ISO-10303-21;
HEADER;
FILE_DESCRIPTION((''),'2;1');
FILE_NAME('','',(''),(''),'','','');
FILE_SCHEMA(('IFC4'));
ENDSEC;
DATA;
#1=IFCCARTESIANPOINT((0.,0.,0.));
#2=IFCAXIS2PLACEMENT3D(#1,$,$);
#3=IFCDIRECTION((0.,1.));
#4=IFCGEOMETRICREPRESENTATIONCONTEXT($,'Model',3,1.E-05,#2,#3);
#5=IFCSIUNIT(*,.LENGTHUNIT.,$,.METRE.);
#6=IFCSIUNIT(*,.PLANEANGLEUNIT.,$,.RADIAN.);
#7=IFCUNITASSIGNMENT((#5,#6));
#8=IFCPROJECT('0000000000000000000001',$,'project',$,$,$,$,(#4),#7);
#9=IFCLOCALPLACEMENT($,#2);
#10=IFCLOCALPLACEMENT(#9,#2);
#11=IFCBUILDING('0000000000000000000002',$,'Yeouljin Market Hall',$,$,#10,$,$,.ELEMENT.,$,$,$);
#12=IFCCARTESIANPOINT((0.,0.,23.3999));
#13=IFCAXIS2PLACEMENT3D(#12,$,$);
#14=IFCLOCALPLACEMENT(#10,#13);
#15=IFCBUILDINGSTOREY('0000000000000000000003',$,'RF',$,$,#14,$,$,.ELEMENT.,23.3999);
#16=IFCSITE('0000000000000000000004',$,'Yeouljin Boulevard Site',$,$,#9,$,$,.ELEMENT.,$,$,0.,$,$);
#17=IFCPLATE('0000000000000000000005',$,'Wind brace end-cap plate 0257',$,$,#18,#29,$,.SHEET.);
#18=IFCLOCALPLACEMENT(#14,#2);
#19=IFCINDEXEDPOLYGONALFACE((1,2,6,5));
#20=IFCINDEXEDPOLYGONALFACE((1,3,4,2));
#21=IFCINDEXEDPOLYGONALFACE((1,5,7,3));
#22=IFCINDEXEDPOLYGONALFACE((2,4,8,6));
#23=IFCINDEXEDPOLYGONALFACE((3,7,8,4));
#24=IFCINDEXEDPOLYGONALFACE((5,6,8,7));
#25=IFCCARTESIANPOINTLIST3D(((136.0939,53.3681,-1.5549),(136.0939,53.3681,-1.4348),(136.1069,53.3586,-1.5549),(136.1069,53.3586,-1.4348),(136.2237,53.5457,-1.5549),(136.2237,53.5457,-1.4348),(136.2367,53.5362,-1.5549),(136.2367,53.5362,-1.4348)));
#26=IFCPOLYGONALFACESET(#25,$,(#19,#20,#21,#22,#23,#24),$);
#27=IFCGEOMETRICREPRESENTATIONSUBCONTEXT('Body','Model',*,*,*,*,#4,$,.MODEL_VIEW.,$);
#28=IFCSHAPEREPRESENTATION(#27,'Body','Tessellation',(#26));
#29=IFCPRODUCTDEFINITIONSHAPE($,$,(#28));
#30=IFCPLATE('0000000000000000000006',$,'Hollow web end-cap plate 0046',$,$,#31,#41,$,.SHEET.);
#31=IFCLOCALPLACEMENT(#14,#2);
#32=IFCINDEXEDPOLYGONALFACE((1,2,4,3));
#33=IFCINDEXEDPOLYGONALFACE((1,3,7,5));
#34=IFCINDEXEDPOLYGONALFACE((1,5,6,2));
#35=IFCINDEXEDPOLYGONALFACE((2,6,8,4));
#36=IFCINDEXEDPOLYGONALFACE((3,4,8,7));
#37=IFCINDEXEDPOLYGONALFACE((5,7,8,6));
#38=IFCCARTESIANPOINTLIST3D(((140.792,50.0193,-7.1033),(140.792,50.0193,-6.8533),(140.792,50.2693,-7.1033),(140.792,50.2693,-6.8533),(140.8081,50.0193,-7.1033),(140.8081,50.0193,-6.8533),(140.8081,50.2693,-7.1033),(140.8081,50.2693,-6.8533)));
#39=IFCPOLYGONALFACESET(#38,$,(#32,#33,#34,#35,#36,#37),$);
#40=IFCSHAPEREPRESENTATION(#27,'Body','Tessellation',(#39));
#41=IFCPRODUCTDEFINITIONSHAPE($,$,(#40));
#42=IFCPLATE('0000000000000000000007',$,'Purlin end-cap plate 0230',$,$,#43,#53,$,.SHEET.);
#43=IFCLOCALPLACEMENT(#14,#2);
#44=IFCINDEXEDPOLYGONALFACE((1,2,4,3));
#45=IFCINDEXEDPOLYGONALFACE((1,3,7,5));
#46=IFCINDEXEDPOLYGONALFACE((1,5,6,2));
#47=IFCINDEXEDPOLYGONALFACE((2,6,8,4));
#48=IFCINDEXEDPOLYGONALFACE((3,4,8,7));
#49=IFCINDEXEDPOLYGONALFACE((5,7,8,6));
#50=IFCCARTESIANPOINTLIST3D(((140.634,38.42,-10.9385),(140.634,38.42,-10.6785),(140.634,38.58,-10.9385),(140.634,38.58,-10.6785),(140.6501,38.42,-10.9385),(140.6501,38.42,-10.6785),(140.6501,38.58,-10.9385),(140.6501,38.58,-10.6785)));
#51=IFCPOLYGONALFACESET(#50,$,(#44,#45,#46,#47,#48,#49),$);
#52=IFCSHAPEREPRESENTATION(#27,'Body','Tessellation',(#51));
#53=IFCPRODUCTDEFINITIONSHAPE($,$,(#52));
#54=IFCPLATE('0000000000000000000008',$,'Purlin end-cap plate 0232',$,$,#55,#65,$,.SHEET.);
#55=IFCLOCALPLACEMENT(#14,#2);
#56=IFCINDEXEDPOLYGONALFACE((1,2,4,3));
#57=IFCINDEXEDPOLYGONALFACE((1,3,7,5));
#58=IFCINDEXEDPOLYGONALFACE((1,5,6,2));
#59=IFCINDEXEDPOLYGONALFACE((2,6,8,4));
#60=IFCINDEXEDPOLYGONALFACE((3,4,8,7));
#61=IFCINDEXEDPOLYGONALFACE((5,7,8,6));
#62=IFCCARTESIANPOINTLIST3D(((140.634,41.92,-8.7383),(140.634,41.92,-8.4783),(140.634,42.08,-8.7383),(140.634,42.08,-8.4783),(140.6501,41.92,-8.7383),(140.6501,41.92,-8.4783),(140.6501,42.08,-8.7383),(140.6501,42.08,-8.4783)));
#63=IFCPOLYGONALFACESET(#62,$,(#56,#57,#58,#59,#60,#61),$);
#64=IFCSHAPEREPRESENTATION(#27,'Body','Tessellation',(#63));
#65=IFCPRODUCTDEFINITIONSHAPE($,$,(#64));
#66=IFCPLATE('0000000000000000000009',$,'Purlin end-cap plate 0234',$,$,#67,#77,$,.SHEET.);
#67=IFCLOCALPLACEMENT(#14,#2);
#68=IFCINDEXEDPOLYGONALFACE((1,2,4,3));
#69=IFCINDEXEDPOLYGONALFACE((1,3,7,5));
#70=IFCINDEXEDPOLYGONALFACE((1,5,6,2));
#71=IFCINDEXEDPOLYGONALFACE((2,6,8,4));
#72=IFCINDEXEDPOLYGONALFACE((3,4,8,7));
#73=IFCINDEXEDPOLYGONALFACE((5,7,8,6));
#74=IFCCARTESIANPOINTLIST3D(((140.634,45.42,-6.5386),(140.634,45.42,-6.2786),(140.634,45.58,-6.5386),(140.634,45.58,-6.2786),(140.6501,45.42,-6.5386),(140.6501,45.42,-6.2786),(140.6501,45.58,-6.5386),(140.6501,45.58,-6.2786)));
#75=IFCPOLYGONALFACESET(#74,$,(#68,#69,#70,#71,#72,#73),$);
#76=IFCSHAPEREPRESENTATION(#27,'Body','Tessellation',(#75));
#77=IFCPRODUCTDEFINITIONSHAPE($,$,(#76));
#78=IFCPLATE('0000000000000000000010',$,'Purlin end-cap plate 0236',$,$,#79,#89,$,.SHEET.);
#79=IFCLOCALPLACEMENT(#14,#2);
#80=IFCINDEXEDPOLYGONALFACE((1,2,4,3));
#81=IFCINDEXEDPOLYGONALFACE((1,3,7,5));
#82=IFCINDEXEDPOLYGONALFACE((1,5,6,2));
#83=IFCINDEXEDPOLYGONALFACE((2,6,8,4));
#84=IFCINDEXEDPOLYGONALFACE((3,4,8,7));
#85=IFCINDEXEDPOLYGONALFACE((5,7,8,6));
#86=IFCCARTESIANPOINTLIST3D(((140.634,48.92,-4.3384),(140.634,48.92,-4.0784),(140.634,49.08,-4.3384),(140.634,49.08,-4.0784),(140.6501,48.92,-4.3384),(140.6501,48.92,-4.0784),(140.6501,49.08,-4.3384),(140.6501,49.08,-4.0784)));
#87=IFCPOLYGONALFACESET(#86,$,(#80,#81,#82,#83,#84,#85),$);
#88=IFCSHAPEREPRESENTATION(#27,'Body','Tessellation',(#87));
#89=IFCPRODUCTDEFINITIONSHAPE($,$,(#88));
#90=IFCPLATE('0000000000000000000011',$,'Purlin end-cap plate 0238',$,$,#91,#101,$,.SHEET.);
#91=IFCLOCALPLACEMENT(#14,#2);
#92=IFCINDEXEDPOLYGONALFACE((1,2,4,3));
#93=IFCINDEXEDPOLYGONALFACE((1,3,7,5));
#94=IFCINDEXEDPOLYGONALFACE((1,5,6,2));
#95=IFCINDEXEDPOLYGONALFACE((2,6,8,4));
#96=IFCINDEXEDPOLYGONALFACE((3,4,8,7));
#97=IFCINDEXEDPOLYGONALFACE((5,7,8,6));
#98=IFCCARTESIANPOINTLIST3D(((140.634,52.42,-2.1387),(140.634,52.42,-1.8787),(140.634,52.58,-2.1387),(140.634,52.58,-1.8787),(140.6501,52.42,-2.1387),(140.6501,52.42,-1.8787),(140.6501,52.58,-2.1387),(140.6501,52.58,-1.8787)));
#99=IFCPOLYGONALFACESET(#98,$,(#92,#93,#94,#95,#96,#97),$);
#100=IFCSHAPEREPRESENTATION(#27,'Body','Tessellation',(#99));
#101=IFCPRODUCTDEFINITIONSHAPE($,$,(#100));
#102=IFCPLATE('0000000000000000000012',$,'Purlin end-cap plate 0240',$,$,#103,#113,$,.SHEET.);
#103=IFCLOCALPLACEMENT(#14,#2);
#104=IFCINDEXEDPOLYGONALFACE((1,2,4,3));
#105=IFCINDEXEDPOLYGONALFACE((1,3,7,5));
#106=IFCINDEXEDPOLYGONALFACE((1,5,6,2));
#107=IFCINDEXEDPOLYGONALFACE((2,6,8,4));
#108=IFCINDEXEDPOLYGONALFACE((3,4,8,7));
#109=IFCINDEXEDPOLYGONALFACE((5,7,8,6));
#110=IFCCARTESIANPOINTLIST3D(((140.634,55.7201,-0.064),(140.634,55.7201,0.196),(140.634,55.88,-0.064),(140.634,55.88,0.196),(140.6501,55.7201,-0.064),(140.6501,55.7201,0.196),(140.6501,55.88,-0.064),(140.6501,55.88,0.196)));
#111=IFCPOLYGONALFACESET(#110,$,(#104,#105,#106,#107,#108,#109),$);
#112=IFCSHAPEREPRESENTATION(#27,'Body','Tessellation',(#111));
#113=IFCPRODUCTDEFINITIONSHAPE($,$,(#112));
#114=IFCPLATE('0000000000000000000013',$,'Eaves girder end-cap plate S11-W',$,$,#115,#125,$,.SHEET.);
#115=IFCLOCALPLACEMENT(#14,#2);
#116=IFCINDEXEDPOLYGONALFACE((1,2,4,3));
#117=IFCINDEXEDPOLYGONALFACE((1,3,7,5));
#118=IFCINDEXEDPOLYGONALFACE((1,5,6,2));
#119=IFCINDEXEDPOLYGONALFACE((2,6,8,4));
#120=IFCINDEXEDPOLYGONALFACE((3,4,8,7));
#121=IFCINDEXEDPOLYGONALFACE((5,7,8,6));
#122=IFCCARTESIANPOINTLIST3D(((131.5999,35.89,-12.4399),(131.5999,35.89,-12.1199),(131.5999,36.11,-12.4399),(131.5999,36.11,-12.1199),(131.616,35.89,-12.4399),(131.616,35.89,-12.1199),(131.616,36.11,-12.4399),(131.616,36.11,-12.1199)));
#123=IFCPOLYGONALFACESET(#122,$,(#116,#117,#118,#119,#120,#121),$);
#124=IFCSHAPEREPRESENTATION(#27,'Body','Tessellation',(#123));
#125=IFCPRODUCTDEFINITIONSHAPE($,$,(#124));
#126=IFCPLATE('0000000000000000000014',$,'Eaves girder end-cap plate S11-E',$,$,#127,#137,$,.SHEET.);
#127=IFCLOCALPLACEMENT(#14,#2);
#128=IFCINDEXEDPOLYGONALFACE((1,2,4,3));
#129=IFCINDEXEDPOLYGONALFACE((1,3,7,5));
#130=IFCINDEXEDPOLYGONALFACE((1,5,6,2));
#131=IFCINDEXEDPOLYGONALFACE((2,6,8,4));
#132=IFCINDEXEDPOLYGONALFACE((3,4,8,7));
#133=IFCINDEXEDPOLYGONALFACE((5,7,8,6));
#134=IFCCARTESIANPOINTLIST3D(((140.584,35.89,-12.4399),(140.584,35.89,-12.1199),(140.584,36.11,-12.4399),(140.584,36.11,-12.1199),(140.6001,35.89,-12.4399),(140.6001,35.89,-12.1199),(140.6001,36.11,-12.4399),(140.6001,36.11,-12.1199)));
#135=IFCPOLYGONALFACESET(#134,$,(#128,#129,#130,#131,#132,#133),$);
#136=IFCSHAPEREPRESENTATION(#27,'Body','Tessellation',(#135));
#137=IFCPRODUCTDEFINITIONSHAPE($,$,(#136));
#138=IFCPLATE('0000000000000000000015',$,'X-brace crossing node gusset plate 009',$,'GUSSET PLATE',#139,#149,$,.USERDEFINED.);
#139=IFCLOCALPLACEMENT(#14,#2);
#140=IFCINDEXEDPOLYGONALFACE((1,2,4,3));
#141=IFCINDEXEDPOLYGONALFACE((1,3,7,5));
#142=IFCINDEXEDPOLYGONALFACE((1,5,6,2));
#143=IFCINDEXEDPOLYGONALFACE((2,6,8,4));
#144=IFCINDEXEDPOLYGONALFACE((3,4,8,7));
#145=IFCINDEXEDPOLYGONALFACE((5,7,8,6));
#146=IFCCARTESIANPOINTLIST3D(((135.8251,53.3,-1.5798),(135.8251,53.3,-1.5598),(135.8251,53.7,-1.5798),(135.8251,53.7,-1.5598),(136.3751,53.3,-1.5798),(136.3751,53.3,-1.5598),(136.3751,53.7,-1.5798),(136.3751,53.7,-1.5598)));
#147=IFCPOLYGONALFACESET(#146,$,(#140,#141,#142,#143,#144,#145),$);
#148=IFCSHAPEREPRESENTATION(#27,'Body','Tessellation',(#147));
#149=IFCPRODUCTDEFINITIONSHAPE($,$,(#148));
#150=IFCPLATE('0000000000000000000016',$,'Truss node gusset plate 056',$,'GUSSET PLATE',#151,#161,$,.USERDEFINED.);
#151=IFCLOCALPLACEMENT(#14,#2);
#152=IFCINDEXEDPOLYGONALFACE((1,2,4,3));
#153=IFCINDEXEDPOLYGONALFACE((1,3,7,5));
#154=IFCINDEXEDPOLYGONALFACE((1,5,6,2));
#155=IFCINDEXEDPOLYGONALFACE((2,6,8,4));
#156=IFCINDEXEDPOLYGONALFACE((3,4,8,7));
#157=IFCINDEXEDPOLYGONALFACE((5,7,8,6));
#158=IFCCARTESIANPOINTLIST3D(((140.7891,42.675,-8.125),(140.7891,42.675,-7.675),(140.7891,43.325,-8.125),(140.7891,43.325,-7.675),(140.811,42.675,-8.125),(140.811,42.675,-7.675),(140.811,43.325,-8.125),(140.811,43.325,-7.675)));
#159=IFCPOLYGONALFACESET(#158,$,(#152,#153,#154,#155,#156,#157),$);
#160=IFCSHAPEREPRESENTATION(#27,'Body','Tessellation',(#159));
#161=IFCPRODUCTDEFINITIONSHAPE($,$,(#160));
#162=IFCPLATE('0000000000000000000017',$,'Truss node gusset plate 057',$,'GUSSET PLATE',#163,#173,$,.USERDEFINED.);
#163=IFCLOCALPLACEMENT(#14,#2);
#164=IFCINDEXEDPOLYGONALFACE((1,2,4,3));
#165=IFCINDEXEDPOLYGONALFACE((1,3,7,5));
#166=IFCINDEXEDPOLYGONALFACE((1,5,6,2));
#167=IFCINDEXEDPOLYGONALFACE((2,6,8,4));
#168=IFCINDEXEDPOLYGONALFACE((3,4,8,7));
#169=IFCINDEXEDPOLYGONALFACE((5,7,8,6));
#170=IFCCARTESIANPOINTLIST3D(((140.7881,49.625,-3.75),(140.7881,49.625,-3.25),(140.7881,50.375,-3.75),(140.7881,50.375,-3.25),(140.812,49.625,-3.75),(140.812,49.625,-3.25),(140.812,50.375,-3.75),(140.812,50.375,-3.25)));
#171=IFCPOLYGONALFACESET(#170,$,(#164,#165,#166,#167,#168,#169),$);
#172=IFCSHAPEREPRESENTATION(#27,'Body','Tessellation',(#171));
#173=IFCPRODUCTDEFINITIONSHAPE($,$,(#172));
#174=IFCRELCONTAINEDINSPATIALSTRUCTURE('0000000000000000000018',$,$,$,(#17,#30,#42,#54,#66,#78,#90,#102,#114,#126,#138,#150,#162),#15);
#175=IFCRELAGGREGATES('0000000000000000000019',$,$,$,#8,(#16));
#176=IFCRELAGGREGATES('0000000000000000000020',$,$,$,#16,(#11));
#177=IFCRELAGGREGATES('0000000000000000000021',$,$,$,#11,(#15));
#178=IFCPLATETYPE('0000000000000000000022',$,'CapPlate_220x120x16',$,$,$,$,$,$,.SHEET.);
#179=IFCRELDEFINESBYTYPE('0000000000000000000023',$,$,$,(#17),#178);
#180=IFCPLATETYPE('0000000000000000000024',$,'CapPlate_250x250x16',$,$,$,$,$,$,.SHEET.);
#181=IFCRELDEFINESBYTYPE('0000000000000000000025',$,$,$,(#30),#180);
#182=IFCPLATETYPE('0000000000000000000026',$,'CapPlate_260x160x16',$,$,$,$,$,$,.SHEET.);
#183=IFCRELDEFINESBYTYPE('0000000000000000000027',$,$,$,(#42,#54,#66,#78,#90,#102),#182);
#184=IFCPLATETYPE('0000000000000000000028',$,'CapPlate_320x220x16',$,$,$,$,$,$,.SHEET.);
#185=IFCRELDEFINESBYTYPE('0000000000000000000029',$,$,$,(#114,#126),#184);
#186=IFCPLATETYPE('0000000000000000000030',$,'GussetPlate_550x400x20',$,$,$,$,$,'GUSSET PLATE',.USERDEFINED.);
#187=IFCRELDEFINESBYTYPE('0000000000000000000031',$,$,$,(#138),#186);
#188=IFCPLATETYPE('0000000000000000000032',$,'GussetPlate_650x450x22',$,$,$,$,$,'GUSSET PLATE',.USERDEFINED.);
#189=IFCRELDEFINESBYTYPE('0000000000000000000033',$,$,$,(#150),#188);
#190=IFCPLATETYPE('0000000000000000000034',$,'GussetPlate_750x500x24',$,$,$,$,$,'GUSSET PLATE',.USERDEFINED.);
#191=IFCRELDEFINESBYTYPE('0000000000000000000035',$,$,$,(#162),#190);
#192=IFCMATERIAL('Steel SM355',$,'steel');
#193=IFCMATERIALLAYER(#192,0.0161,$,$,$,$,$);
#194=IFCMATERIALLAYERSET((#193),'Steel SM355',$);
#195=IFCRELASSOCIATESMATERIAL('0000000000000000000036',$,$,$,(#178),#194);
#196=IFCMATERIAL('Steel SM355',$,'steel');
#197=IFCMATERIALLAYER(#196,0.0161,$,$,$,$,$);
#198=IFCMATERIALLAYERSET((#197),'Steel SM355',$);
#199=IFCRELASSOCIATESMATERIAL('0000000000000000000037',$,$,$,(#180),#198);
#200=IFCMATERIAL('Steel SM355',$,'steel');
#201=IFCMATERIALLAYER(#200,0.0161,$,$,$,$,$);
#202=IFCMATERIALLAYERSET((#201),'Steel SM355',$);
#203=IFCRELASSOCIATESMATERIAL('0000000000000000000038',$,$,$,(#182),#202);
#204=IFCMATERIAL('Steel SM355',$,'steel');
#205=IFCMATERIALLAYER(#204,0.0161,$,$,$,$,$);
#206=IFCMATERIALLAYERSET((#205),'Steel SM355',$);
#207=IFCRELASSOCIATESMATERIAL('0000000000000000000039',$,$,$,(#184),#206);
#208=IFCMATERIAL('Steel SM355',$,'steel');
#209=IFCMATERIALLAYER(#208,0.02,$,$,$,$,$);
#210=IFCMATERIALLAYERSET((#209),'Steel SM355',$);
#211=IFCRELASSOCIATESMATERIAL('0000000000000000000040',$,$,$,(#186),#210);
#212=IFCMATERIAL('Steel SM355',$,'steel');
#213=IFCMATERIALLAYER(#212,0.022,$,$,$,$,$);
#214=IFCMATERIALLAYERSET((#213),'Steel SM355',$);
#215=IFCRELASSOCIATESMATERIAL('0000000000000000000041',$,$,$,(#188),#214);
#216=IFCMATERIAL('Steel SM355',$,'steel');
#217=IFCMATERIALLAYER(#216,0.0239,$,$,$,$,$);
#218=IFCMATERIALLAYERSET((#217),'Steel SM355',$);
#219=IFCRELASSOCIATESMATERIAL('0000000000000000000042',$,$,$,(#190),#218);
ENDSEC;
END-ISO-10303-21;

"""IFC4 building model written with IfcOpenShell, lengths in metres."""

from ifc_helpers import new_model, si_unit, direction, frame, origin, origin_2d, place, context, subcontext, project, spatial, rectangle, extrude, material, layer, layer_set, type_object, element, save


model = new_model("IFC4")

# Units and contexts
model_context = context("Model", 3, precision=1e-05, world=origin(), true_north=direction((0.0, 1.0)))
body_context = subcontext(model_context, "Body", "Model", "MODEL_VIEW")
ifc_project = project(units=[si_unit("LENGTHUNIT", "METRE"), si_unit("PLANEANGLEUNIT", "RADIAN")], contexts=[model_context])

# Site, building, storey
site_placement = place(None, origin())
site = spatial("IfcSite", under=ifc_project, at=site_placement, Name="Yeouljin Boulevard Site", CompositionType="ELEMENT", RefElevation=0.0)
building_placement = place(site_placement, origin())
building = spatial("IfcBuilding", under=site, at=building_placement, Name="Yeouljin Market Hall", CompositionType="ELEMENT")
storey_placement = place(building_placement, frame((0.0, 0.0, 23.3999)))
storey = spatial("IfcBuildingStorey", under=building, at=storey_placement, Name="RF", CompositionType="ELEMENT", Elevation=23.3999)

# Plates
ifc_material_1 = material(Name="Steel SM355", Category="steel")
ifc_layer_1 = layer(ifc_material_1, 0.0161)
ifc_layer_set_1 = layer_set([ifc_layer_1], Name="Steel SM355")
plate_type_1 = type_object("IfcPlateType", Name="CapPlate_220x120x16", PredefinedType="SHEET", material=ifc_layer_set_1)
for number, where, z_axis, x_axis, name in (
    (1, (136.1653, 53.4521, -1.5549), (0.0, 0.0, 1.0), (0.590183, 0.807269, 0.0), "Wind brace end-cap plate 0257"),
):
    element("IfcPlate", number, at=place(storey_placement, frame(where, z_axis=z_axis, x_axis=x_axis)), inside=storey, type_object=plate_type_1, Name=name, PredefinedType="SHEET", context=body_context, shape_type="SweptSolid", body=[
        extrude(rectangle(XDim=0.22, YDim=0.0161, at=origin_2d()), origin(), (0.0, 0.0, 1.0), 0.1201),
    ])
ifc_material_2 = material(Name="Steel SM355", Category="steel")
ifc_layer_2 = layer(ifc_material_2, 0.0161)
ifc_layer_set_2 = layer_set([ifc_layer_2], Name="Steel SM355")
plate_type_2 = type_object("IfcPlateType", Name="CapPlate_250x250x16", PredefinedType="SHEET", material=ifc_layer_set_2)
plate_1_placement = place(storey_placement, frame((140.8, 50.1443, -7.1033), z_axis=(0.0, 0.0, 1.0), x_axis=(0.0, 1.0, 0.0)))
element("IfcPlate", 2, at=plate_1_placement, inside=storey, type_object=plate_type_2, Name="Hollow web end-cap plate 0046", PredefinedType="SHEET", context=body_context, shape_type="SweptSolid", body=[
    extrude(rectangle(XDim=0.25, YDim=0.0161, at=origin_2d()), origin(), (0.0, 0.0, 1.0), 0.25),
])
ifc_material_3 = material(Name="Steel SM355", Category="steel")
ifc_layer_3 = layer(ifc_material_3, 0.0161)
ifc_layer_set_3 = layer_set([ifc_layer_3], Name="Steel SM355")
plate_type_3 = type_object("IfcPlateType", Name="CapPlate_260x160x16", PredefinedType="SHEET", material=ifc_layer_set_3)
for number, where, z_axis, x_axis, name in (
    (3, (140.6421, 38.5, -10.9385), (0.0, 0.0, 1.0), (0.0, 1.0, 0.0), "Purlin end-cap plate 0230"),
    (4, (140.6421, 42.0, -8.7383), (0.0, 0.0, 1.0), (0.0, 1.0, 0.0), "Purlin end-cap plate 0232"),
    (5, (140.6421, 45.5, -6.5386), (0.0, 0.0, 1.0), (0.0, 1.0, 0.0), "Purlin end-cap plate 0234"),
    (6, (140.6421, 49.0, -4.3384), (0.0, 0.0, 1.0), (0.0, 1.0, 0.0), "Purlin end-cap plate 0236"),
    (7, (140.6421, 52.5, -2.1387), (0.0, 0.0, 1.0), (0.0, 1.0, 0.0), "Purlin end-cap plate 0238"),
    (8, (140.6421, 55.8, -0.064), (0.0, 0.0, 1.0), (0.0, 1.0, 0.0), "Purlin end-cap plate 0240"),
):
    element("IfcPlate", number, at=place(storey_placement, frame(where, z_axis=z_axis, x_axis=x_axis)), inside=storey, type_object=plate_type_3, Name=name, PredefinedType="SHEET", context=body_context, shape_type="SweptSolid", body=[
        extrude(rectangle(XDim=0.1599, YDim=0.0161, at=origin_2d()), origin(), (0.0, 0.0, 1.0), 0.26),
    ])
ifc_material_4 = material(Name="Steel SM355", Category="steel")
ifc_layer_4 = layer(ifc_material_4, 0.0161)
ifc_layer_set_4 = layer_set([ifc_layer_4], Name="Steel SM355")
plate_type_4 = type_object("IfcPlateType", Name="CapPlate_320x220x16", PredefinedType="SHEET", material=ifc_layer_set_4)
for number, where, z_axis, x_axis, name in (
    (9, (131.6079, 36.0, -12.4399), (0.0, 0.0, 1.0), (0.0, 1.0, 0.0), "Eaves girder end-cap plate S11-W"),
    (10, (140.592, 36.0, -12.4399), (0.0, 0.0, 1.0), (0.0, 1.0, 0.0), "Eaves girder end-cap plate S11-E"),
):
    element("IfcPlate", number, at=place(storey_placement, frame(where, z_axis=z_axis, x_axis=x_axis)), inside=storey, type_object=plate_type_4, Name=name, PredefinedType="SHEET", context=body_context, shape_type="SweptSolid", body=[
        extrude(rectangle(XDim=0.22, YDim=0.0161, at=origin_2d()), origin(), (0.0, 0.0, 1.0), 0.3201),
    ])
ifc_material_5 = material(Name="Steel SM355", Category="steel")
ifc_layer_5 = layer(ifc_material_5, 0.02)
ifc_layer_set_5 = layer_set([ifc_layer_5], Name="Steel SM355")
plate_type_5 = type_object("IfcPlateType", Name="GussetPlate_550x400x20", ElementType="GUSSET PLATE", PredefinedType="USERDEFINED", material=ifc_layer_set_5)
plate_2_placement = place(storey_placement, frame((136.1001, 53.5, -1.5798), z_axis=(0.0, 0.0, 1.0), x_axis=(1.0, 0.0, 0.0)))
element("IfcPlate", 11, at=plate_2_placement, inside=storey, type_object=plate_type_5, Name="X-brace crossing node gusset plate 009", ObjectType="GUSSET PLATE", PredefinedType="USERDEFINED", context=body_context, shape_type="SweptSolid", body=[
    extrude(rectangle(XDim=0.55, YDim=0.3999, at=origin_2d()), origin(), (0.0, 0.0, 1.0), 0.02),
])
ifc_material_6 = material(Name="Steel SM355", Category="steel")
ifc_layer_6 = layer(ifc_material_6, 0.022)
ifc_layer_set_6 = layer_set([ifc_layer_6], Name="Steel SM355")
plate_type_6 = type_object("IfcPlateType", Name="GussetPlate_650x450x22", ElementType="GUSSET PLATE", PredefinedType="USERDEFINED", material=ifc_layer_set_6)
plate_3_placement = place(storey_placement, frame((140.8, 43.0, -8.125), z_axis=(0.0, 0.0, 1.0), x_axis=(0.0, 1.0, 0.0)))
element("IfcPlate", 12, at=plate_3_placement, inside=storey, type_object=plate_type_6, Name="Truss node gusset plate 056", ObjectType="GUSSET PLATE", PredefinedType="USERDEFINED", context=body_context, shape_type="SweptSolid", body=[
    extrude(rectangle(XDim=0.6499, YDim=0.022, at=origin_2d()), origin(), (0.0, 0.0, 1.0), 0.45),
])
ifc_material_7 = material(Name="Steel SM355", Category="steel")
ifc_layer_7 = layer(ifc_material_7, 0.0239)
ifc_layer_set_7 = layer_set([ifc_layer_7], Name="Steel SM355")
plate_type_7 = type_object("IfcPlateType", Name="GussetPlate_750x500x24", ElementType="GUSSET PLATE", PredefinedType="USERDEFINED", material=ifc_layer_set_7)
plate_4_placement = place(storey_placement, frame((140.8, 50.0, -3.75), z_axis=(0.0, 0.0, 1.0), x_axis=(0.0, 1.0, 0.0)))
element("IfcPlate", 13, at=plate_4_placement, inside=storey, type_object=plate_type_7, Name="Truss node gusset plate 057", ObjectType="GUSSET PLATE", PredefinedType="USERDEFINED", context=body_context, shape_type="SweptSolid", body=[
    extrude(rectangle(XDim=0.75, YDim=0.0239, at=origin_2d()), origin(), (0.0, 0.0, 1.0), 0.5),
])

save(model, "model.ifc")
